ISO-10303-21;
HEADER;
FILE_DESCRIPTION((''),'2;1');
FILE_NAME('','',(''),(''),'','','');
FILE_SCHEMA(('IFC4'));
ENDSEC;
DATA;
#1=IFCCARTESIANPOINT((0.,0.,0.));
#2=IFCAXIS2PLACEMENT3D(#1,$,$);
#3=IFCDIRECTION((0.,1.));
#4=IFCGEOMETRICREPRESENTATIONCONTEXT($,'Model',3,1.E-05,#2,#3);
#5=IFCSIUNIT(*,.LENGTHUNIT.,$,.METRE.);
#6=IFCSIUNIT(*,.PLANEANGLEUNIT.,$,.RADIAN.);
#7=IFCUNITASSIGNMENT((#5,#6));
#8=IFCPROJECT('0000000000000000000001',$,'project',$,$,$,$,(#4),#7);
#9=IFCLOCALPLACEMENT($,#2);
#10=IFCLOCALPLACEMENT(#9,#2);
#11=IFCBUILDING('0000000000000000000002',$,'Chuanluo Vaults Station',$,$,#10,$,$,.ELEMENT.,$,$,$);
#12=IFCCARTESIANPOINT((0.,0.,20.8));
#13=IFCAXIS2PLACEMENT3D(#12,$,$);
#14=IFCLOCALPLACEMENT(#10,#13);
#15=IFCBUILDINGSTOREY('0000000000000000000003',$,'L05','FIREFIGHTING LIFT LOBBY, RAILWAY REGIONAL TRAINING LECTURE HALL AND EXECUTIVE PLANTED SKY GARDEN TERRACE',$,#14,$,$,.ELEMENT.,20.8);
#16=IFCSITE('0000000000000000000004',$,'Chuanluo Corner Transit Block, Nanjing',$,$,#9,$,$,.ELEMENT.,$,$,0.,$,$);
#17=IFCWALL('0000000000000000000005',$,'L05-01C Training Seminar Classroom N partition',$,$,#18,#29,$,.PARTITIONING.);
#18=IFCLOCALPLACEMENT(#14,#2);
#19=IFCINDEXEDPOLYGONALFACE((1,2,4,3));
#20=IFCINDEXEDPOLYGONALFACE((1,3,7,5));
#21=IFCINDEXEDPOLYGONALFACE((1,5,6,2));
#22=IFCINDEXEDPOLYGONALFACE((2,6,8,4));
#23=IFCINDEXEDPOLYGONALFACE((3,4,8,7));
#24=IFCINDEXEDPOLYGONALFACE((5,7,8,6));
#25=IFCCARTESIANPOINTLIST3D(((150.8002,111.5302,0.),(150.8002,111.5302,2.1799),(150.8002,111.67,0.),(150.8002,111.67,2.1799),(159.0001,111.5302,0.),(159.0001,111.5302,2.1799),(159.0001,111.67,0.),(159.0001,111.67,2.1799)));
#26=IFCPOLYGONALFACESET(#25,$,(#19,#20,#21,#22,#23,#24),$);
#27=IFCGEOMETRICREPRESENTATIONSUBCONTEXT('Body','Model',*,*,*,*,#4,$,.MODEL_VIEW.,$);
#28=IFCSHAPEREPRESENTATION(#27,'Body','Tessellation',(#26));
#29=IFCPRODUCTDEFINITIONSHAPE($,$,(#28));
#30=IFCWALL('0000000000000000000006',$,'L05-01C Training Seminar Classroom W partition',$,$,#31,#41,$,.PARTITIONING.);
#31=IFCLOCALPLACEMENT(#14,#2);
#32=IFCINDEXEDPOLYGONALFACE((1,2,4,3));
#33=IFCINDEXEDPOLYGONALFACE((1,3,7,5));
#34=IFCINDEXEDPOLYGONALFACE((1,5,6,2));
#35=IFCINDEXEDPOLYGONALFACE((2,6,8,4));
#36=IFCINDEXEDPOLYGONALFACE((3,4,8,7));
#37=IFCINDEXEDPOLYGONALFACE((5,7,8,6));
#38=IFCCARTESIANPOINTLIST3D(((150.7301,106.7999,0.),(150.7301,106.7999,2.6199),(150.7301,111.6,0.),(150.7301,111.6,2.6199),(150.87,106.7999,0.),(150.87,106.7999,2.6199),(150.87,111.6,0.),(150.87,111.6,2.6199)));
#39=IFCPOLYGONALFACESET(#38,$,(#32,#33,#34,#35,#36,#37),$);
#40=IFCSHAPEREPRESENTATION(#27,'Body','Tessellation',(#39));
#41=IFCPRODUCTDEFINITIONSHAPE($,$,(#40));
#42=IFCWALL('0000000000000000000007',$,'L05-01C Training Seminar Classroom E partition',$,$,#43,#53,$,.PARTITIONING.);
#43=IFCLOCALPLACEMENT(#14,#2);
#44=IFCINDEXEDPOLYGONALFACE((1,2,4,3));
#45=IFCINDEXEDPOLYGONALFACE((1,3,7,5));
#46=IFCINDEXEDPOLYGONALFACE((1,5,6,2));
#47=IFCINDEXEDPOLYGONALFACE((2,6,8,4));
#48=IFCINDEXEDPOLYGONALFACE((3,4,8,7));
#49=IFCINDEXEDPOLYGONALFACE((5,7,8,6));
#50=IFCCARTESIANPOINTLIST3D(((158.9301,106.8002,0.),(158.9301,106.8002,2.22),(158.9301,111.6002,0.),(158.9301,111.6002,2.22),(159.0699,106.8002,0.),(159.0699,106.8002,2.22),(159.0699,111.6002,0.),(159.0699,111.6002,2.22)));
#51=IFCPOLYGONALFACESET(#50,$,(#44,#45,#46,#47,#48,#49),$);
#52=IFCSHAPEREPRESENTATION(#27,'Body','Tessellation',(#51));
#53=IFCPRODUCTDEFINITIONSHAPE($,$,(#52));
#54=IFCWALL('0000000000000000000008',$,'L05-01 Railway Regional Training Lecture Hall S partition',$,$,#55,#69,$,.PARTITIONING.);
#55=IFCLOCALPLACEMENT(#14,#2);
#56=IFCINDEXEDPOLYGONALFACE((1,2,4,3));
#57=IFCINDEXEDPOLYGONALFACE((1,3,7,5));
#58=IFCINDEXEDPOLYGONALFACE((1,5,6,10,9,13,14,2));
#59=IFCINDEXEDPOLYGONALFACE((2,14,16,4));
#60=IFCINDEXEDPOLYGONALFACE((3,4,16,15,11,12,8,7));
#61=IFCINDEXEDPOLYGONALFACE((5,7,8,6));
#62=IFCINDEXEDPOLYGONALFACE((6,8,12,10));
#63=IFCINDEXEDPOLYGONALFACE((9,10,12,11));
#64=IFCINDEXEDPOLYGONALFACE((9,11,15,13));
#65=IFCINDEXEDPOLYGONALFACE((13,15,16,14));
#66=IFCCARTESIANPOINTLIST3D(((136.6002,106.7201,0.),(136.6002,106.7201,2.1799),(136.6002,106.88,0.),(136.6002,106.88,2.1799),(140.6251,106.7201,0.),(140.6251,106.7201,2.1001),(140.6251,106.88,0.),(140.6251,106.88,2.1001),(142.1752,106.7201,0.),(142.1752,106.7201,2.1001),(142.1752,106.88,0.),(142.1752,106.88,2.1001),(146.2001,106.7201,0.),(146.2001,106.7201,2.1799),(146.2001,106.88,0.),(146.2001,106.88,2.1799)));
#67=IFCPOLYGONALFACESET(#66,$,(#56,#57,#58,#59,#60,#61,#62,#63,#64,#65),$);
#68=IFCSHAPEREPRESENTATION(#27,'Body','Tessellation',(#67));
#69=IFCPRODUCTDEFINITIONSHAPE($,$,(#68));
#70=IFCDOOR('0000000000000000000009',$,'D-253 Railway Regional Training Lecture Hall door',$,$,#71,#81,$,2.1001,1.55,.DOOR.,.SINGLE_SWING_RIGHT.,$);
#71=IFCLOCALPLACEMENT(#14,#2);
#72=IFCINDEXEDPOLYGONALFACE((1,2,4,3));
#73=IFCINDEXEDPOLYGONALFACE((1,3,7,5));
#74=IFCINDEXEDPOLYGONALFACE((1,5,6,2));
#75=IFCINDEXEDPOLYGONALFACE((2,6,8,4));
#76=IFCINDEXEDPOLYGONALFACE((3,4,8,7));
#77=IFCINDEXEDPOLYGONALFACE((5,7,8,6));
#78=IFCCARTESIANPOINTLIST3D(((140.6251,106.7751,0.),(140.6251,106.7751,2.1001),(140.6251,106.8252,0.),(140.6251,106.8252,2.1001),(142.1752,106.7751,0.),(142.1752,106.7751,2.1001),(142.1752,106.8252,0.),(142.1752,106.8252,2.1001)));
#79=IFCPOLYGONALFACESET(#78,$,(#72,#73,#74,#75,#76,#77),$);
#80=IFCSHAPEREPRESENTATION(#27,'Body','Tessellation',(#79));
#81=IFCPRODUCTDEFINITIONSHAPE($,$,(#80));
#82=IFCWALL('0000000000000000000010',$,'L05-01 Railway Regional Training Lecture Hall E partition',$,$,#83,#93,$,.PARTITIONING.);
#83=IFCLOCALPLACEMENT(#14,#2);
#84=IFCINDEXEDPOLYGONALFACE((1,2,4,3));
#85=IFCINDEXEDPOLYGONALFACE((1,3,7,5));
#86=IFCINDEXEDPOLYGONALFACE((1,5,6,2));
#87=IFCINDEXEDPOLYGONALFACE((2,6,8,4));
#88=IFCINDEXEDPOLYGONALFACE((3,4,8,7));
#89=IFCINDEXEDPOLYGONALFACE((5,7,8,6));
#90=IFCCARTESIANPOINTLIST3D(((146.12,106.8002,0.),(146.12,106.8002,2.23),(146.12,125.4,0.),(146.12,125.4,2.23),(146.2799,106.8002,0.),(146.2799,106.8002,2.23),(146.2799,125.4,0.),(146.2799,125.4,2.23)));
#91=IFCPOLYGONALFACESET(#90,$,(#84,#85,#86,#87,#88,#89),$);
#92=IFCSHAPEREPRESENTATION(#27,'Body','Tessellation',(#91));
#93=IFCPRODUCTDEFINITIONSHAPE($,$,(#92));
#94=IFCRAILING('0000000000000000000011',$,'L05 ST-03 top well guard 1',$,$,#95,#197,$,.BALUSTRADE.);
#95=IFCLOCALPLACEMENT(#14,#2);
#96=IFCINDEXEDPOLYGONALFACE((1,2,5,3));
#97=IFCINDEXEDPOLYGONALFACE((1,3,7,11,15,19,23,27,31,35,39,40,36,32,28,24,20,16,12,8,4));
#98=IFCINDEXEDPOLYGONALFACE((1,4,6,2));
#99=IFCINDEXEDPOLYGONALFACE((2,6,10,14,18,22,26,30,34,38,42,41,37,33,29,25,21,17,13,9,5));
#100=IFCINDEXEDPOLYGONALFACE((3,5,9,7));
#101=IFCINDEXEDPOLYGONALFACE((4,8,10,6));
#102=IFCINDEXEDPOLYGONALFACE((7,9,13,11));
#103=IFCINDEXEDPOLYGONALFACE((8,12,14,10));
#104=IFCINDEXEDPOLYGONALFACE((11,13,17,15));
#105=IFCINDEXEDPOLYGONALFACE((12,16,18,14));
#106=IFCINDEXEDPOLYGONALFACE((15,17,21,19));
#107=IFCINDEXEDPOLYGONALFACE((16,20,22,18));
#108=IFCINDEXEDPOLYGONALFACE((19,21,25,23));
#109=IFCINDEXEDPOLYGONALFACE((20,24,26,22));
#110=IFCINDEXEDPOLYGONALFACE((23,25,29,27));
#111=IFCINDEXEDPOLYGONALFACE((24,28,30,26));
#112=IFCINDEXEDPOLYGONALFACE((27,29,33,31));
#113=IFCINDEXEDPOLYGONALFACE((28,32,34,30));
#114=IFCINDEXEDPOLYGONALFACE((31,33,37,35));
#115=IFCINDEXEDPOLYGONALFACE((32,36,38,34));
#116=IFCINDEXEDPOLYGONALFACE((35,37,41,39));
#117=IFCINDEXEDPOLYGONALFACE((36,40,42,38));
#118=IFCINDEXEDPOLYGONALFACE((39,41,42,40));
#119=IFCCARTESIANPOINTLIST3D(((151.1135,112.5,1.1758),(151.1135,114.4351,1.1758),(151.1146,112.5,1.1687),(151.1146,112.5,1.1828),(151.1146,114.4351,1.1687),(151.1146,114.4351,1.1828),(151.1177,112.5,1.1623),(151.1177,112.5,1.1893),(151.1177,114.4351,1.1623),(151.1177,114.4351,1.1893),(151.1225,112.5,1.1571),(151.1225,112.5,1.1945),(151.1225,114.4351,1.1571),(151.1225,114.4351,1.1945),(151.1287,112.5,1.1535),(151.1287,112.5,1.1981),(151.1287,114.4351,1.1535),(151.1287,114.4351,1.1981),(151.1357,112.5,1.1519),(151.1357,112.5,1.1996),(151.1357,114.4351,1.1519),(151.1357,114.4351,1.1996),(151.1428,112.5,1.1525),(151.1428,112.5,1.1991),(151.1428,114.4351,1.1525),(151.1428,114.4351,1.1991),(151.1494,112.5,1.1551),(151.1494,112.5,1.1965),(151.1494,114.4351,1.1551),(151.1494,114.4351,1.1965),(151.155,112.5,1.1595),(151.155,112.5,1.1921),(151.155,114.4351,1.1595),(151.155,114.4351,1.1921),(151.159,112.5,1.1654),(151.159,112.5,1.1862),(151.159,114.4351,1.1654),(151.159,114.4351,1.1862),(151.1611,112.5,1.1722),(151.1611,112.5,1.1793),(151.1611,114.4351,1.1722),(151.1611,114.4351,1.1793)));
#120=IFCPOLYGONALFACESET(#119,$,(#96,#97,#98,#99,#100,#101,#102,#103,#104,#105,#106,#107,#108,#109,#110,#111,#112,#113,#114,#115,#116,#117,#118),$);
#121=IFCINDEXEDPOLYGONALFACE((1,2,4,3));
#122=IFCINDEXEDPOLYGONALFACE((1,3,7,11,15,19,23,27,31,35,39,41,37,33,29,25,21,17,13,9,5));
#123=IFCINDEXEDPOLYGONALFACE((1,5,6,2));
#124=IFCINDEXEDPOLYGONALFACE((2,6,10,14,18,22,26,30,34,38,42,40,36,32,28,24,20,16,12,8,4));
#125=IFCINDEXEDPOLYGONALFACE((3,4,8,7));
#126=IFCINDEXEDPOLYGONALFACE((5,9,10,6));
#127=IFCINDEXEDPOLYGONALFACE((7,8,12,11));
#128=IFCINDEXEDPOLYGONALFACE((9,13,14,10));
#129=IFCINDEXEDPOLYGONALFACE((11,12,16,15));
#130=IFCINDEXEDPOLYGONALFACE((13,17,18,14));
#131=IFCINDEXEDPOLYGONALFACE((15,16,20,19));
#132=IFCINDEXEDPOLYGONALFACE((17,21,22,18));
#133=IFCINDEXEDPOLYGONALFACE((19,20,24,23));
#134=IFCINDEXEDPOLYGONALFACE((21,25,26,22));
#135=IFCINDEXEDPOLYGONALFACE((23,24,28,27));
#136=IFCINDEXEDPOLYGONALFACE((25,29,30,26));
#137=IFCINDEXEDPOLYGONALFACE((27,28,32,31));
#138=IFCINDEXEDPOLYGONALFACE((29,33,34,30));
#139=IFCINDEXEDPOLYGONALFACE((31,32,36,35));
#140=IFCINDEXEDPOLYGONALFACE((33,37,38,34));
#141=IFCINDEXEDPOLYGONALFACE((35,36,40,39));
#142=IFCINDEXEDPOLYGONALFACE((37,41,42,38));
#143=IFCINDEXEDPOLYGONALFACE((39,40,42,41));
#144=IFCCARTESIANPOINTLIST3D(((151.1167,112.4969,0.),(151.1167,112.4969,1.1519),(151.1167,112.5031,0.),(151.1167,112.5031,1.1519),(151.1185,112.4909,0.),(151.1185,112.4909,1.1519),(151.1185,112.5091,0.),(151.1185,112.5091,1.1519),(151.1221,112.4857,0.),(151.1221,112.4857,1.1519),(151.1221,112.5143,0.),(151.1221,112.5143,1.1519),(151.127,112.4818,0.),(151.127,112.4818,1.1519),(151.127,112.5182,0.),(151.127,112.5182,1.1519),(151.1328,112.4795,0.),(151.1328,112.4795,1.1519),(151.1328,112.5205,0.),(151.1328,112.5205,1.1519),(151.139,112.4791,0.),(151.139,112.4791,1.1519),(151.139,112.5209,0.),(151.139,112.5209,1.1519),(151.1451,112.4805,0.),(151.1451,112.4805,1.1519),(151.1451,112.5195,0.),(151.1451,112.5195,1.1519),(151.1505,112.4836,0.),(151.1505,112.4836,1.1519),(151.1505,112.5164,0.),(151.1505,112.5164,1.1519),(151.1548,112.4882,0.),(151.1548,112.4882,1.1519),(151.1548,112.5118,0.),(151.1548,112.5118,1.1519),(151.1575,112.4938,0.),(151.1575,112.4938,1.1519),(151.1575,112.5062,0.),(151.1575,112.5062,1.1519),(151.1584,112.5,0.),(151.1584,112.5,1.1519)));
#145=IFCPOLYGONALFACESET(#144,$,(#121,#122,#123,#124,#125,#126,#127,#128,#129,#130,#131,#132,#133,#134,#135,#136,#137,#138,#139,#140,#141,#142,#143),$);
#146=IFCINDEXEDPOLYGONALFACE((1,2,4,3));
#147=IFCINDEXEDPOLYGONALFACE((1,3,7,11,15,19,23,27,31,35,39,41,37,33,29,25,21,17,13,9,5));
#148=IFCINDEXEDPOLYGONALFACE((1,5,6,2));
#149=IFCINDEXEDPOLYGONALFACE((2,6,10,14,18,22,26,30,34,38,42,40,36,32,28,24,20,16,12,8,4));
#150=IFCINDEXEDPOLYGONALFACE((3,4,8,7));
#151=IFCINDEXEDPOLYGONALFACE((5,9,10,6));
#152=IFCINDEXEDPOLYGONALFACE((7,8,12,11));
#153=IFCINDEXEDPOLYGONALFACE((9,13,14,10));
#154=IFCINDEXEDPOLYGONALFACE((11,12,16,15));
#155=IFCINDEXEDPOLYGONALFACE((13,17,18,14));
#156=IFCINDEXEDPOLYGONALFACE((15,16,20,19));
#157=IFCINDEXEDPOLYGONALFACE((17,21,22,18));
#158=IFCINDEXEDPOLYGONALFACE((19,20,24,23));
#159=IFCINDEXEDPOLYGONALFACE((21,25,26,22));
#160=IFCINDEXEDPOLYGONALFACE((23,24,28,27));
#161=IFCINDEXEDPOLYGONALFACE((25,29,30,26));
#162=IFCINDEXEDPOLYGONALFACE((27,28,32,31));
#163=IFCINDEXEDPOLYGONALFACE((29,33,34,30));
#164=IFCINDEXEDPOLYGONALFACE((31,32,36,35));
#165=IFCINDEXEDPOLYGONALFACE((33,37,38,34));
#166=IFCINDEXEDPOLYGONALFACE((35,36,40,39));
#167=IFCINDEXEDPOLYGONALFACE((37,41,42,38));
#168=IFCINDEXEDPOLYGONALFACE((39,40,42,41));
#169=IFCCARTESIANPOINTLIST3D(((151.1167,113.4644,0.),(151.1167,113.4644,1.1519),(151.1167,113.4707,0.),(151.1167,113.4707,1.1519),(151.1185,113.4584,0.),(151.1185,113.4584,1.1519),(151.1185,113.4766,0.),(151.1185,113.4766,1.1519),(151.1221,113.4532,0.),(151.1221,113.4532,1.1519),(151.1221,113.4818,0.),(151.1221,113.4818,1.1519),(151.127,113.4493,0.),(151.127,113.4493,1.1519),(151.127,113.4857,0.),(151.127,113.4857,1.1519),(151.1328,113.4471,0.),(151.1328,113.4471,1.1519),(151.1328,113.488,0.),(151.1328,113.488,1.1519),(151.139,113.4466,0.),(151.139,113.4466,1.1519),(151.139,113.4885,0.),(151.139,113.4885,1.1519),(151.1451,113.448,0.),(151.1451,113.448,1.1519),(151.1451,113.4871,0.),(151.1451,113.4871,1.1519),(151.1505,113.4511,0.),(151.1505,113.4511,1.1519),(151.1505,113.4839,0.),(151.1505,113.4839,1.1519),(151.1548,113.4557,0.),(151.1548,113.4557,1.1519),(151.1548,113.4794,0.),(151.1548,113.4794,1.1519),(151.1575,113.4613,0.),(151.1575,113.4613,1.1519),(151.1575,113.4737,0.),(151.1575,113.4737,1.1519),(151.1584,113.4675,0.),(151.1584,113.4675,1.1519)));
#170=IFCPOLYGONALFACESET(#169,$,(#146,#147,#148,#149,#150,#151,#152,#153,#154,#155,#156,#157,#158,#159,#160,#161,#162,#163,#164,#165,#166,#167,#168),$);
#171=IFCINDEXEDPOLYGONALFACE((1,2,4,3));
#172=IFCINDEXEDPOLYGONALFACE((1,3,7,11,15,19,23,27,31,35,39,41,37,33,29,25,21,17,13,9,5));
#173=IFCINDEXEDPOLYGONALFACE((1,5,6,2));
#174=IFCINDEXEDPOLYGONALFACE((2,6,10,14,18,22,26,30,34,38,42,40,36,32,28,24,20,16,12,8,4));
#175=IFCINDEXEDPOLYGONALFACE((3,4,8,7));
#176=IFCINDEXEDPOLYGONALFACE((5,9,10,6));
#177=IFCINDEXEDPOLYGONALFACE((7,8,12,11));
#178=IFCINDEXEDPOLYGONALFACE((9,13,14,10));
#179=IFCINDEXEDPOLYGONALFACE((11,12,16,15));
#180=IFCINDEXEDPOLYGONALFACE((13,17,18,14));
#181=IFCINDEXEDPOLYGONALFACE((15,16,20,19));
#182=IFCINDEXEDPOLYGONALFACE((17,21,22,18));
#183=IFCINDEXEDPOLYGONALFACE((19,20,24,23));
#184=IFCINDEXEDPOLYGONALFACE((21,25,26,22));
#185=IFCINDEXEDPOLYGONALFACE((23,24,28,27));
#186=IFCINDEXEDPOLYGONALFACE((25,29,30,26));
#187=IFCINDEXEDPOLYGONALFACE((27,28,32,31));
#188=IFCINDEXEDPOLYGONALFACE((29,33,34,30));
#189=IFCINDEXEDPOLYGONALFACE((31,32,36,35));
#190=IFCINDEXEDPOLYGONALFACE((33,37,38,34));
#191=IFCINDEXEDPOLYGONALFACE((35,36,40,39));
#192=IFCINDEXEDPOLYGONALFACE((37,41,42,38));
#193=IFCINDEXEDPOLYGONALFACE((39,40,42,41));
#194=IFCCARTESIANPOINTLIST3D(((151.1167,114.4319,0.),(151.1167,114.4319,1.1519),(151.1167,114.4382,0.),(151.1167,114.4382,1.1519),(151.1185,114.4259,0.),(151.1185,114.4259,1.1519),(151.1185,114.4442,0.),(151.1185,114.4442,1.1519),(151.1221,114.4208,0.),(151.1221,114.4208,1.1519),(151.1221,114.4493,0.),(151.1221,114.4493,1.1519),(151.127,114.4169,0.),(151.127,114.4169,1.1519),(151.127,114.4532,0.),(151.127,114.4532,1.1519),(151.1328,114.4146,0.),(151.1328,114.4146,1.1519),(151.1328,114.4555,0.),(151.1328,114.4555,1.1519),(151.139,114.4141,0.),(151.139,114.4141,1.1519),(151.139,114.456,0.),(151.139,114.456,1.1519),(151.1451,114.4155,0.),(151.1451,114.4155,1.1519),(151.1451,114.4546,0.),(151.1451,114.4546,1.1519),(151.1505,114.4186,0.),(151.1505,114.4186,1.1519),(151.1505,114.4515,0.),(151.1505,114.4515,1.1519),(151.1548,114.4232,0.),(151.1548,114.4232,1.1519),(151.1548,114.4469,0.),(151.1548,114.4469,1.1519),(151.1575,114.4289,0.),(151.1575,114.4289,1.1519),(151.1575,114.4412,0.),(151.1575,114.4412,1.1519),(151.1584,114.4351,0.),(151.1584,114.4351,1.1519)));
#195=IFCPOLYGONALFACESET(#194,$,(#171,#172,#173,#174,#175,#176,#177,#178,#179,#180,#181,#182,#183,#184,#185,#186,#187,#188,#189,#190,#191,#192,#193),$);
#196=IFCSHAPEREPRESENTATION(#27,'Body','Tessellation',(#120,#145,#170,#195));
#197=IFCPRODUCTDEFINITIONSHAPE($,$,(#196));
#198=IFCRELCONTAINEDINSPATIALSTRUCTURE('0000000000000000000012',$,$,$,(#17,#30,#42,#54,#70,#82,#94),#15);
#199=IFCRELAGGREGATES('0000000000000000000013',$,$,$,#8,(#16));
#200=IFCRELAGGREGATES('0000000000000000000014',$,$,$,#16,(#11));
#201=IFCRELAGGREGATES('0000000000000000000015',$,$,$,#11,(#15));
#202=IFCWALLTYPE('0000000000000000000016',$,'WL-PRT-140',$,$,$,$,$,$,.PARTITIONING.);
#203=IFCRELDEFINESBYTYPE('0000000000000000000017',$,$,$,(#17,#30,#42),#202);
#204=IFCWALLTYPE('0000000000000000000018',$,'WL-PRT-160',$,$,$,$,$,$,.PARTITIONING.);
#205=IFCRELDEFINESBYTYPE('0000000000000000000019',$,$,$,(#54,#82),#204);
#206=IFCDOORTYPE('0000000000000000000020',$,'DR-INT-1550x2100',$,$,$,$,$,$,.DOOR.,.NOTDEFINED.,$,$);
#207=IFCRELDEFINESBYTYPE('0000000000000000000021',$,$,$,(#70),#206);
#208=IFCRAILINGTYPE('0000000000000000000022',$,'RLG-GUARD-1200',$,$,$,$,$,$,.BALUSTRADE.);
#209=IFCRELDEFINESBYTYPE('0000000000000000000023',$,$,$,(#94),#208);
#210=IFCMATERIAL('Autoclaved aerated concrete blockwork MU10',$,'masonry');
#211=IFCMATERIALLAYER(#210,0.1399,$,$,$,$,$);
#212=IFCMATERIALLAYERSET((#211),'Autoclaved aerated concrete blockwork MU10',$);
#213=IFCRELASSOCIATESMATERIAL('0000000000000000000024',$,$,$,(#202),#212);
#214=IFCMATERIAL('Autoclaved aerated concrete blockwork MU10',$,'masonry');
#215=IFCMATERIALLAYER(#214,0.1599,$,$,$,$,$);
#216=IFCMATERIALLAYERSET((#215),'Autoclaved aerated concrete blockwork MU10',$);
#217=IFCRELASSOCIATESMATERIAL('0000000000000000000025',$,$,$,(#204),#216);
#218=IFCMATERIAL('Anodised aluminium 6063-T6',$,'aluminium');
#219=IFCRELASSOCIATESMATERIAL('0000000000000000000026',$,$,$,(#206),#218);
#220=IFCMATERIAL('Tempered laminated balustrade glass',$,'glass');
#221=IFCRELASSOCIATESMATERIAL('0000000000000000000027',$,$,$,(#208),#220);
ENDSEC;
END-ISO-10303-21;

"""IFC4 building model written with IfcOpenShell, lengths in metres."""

from ifc_helpers import new_model, si_unit, direction, frame, frame_2d, origin, origin_2d, place, context, subcontext, project, spatial, rectangle, circle, extrude, material, layer, layer_set, type_object, element, fill, save


model = new_model("IFC4")

# Units and contexts
model_context = context("Model", 3, precision=1e-05, world=origin(), true_north=direction((0.0, 1.0)))
body_context = subcontext(model_context, "Body", "Model", "MODEL_VIEW")
ifc_project = project(units=[si_unit("LENGTHUNIT", "METRE"), si_unit("PLANEANGLEUNIT", "RADIAN")], contexts=[model_context])

# Site, building, storey
site_placement = place(None, origin())
site = spatial("IfcSite", under=ifc_project, at=site_placement, Name="Chuanluo Corner Transit Block, Nanjing", CompositionType="ELEMENT", RefElevation=0.0)
building_placement = place(site_placement, origin())
building = spatial("IfcBuilding", under=site, at=building_placement, Name="Chuanluo Vaults Station", CompositionType="ELEMENT")
storey_placement = place(building_placement, frame((0.0, 0.0, 20.8)))
storey = spatial("IfcBuildingStorey", under=building, at=storey_placement, Name="L05", Description="FIREFIGHTING LIFT LOBBY, RAILWAY REGIONAL TRAINING LECTURE HALL AND EXECUTIVE PLANTED SKY GARDEN TERRACE", CompositionType="ELEMENT", Elevation=20.8)

# Shared definitions
ifc_material_1 = material(Name="Autoclaved aerated concrete blockwork MU10", Category="masonry")
ifc_layer_1 = layer(ifc_material_1, 0.1399)
ifc_layer_set_1 = layer_set([ifc_layer_1], Name="Autoclaved aerated concrete blockwork MU10")
wall_type_1 = type_object("IfcWallType", Name="WL-PRT-140", PredefinedType="PARTITIONING", material=ifc_layer_set_1)

# Walls
wall_1_placement = place(storey_placement, frame((150.8, 111.6001, 0.0), z_axis=(0.0, 0.0, 1.0), x_axis=(1.0, 0.0, 0.0)))
element("IfcWall", 1, at=wall_1_placement, inside=storey, type_object=wall_type_1, Name="L05-01C Training Seminar Classroom N partition", PredefinedType="PARTITIONING", context=body_context, shape_type="SweptSolid", body=[
    extrude(rectangle(XDim=8.2, YDim=0.1399, at=frame_2d((4.1001, 0.0))), origin(), (0.0, 0.0, 1.0), 2.1799),
])
wall_2_placement = place(storey_placement, frame((150.8, 106.8, 0.0), z_axis=(0.0, 0.0, 1.0), x_axis=(0.0, 1.0, 0.0)))
element("IfcWall", 2, at=wall_2_placement, inside=storey, type_object=wall_type_1, Name="L05-01C Training Seminar Classroom W partition", PredefinedType="PARTITIONING", context=body_context, shape_type="SweptSolid", body=[
    extrude(rectangle(XDim=4.8, YDim=0.1399, at=frame_2d((2.3999, 0.0))), origin(), (0.0, 0.0, 1.0), 2.6199),
])
wall_3_placement = place(storey_placement, frame((159.0, 111.6001, 0.0), z_axis=(0.0, 0.0, 1.0), x_axis=(0.0, -1.0, 0.0)))
element("IfcWall", 3, at=wall_3_placement, inside=storey, type_object=wall_type_1, Name="L05-01C Training Seminar Classroom E partition", PredefinedType="PARTITIONING", context=body_context, shape_type="SweptSolid", body=[
    extrude(rectangle(XDim=4.8, YDim=0.1399, at=frame_2d((2.3999, 0.0))), origin(), (0.0, 0.0, 1.0), 2.22),
])

# Wall, opening, door
ifc_material_2 = material(Name="Autoclaved aerated concrete blockwork MU10", Category="masonry")
ifc_layer_2 = layer(ifc_material_2, 0.1599)
ifc_layer_set_2 = layer_set([ifc_layer_2], Name="Autoclaved aerated concrete blockwork MU10")
wall_type_2 = type_object("IfcWallType", Name="WL-PRT-160", PredefinedType="PARTITIONING", material=ifc_layer_set_2)
wall_4_placement = place(storey_placement, frame((146.2, 106.8, 0.0), z_axis=(0.0, 0.0, 1.0), x_axis=(-1.0, 0.0, 0.0)))
wall_4 = element("IfcWall", 4, at=wall_4_placement, inside=storey, type_object=wall_type_2, Name="L05-01 Railway Regional Training Lecture Hall S partition", PredefinedType="PARTITIONING", context=body_context, shape_type="SweptSolid", body=[
    extrude(rectangle(XDim=9.5999, YDim=0.1599, at=frame_2d((4.7998, 0.0))), origin(), (0.0, 0.0, 1.0), 2.1799),
])
opening_1_placement = place(wall_4_placement, frame((4.0249, 0.0, 0.0)))
opening_1 = element("IfcOpeningElement", 5, at=opening_1_placement, cuts=wall_4, PredefinedType="OPENING", context=body_context, shape_type="SweptSolid", body=[
    extrude(rectangle(XDim=1.55, YDim=2.1001, at=frame_2d((0.7749, 1.05))), frame((0.0, 0.0901, 0.0), z_axis=(0.0, -1.0, 0.0), x_axis=(1.0, 0.0, 0.0)), (0.0, 0.0, 1.0), 0.1799),
])
ifc_material_3 = material(Name="Anodised aluminium 6063-T6", Category="aluminium")
door_type_1 = type_object("IfcDoorType", Name="DR-INT-1550x2100", OperationType="NOTDEFINED", PredefinedType="DOOR", material=ifc_material_3)
door_1_placement = place(opening_1_placement, origin())
door_1 = element("IfcDoor", 6, at=door_1_placement, inside=storey, type_object=door_type_1, Name="D-253 Railway Regional Training Lecture Hall door", OperationType="SINGLE_SWING_RIGHT", OverallHeight=2.1001, OverallWidth=1.55, PredefinedType="DOOR", context=body_context, shape_type="SweptSolid", body=[
    extrude(rectangle(XDim=1.55, YDim=2.1001, at=frame_2d((0.7749, 1.05))), frame((0.0, 0.0249, 0.0), z_axis=(0.0, -1.0, 0.0), x_axis=(1.0, 0.0, 0.0)), (0.0, 0.0, 1.0), 0.05),
])
fill(opening_1, door_1)

# Wall
wall_5_placement = place(storey_placement, frame((146.2, 125.3999, 0.0), z_axis=(0.0, 0.0, 1.0), x_axis=(0.0, -1.0, 0.0)))
element("IfcWall", 7, at=wall_5_placement, inside=storey, type_object=wall_type_2, Name="L05-01 Railway Regional Training Lecture Hall E partition", PredefinedType="PARTITIONING", context=body_context, shape_type="SweptSolid", body=[
    extrude(rectangle(XDim=18.5999, YDim=0.1599, at=frame_2d((9.2998, 0.0))), origin(), (0.0, 0.0, 1.0), 2.23),
])

# Railing
ifc_material_4 = material(Name="Tempered laminated balustrade glass", Category="glass")
railing_type = type_object("IfcRailingType", Name="RLG-GUARD-1200", PredefinedType="BALUSTRADE", material=ifc_material_4)
railing_placement = place(storey_placement, frame((151.1375, 112.5, 0.0)))
element("IfcRailing", 8, at=railing_placement, inside=storey, type_object=railing_type, Name="L05 ST-03 top well guard 1", PredefinedType="BALUSTRADE", context=body_context, shape_type="SweptSolid", body=[
    extrude(circle(Radius=0.0239, at=origin_2d()), frame((0.0, 0.0, 1.1758), z_axis=(0.0, 1.0, 0.0), x_axis=(-1.0, 0.0, 0.0)), (0.0, 0.0, 1.0), 1.9351),
    extrude(circle(Radius=0.021, at=origin_2d()), origin(), (0.0, 0.0, 1.0), 1.1519),
    extrude(circle(Radius=0.021, at=origin_2d()), frame((0.0, 0.9675, 0.0)), (0.0, 0.0, 1.0), 1.1519),
    extrude(circle(Radius=0.021, at=origin_2d()), frame((0.0, 1.9351, 0.0)), (0.0, 0.0, 1.0), 1.1519),
])

save(model, "model.ifc")
